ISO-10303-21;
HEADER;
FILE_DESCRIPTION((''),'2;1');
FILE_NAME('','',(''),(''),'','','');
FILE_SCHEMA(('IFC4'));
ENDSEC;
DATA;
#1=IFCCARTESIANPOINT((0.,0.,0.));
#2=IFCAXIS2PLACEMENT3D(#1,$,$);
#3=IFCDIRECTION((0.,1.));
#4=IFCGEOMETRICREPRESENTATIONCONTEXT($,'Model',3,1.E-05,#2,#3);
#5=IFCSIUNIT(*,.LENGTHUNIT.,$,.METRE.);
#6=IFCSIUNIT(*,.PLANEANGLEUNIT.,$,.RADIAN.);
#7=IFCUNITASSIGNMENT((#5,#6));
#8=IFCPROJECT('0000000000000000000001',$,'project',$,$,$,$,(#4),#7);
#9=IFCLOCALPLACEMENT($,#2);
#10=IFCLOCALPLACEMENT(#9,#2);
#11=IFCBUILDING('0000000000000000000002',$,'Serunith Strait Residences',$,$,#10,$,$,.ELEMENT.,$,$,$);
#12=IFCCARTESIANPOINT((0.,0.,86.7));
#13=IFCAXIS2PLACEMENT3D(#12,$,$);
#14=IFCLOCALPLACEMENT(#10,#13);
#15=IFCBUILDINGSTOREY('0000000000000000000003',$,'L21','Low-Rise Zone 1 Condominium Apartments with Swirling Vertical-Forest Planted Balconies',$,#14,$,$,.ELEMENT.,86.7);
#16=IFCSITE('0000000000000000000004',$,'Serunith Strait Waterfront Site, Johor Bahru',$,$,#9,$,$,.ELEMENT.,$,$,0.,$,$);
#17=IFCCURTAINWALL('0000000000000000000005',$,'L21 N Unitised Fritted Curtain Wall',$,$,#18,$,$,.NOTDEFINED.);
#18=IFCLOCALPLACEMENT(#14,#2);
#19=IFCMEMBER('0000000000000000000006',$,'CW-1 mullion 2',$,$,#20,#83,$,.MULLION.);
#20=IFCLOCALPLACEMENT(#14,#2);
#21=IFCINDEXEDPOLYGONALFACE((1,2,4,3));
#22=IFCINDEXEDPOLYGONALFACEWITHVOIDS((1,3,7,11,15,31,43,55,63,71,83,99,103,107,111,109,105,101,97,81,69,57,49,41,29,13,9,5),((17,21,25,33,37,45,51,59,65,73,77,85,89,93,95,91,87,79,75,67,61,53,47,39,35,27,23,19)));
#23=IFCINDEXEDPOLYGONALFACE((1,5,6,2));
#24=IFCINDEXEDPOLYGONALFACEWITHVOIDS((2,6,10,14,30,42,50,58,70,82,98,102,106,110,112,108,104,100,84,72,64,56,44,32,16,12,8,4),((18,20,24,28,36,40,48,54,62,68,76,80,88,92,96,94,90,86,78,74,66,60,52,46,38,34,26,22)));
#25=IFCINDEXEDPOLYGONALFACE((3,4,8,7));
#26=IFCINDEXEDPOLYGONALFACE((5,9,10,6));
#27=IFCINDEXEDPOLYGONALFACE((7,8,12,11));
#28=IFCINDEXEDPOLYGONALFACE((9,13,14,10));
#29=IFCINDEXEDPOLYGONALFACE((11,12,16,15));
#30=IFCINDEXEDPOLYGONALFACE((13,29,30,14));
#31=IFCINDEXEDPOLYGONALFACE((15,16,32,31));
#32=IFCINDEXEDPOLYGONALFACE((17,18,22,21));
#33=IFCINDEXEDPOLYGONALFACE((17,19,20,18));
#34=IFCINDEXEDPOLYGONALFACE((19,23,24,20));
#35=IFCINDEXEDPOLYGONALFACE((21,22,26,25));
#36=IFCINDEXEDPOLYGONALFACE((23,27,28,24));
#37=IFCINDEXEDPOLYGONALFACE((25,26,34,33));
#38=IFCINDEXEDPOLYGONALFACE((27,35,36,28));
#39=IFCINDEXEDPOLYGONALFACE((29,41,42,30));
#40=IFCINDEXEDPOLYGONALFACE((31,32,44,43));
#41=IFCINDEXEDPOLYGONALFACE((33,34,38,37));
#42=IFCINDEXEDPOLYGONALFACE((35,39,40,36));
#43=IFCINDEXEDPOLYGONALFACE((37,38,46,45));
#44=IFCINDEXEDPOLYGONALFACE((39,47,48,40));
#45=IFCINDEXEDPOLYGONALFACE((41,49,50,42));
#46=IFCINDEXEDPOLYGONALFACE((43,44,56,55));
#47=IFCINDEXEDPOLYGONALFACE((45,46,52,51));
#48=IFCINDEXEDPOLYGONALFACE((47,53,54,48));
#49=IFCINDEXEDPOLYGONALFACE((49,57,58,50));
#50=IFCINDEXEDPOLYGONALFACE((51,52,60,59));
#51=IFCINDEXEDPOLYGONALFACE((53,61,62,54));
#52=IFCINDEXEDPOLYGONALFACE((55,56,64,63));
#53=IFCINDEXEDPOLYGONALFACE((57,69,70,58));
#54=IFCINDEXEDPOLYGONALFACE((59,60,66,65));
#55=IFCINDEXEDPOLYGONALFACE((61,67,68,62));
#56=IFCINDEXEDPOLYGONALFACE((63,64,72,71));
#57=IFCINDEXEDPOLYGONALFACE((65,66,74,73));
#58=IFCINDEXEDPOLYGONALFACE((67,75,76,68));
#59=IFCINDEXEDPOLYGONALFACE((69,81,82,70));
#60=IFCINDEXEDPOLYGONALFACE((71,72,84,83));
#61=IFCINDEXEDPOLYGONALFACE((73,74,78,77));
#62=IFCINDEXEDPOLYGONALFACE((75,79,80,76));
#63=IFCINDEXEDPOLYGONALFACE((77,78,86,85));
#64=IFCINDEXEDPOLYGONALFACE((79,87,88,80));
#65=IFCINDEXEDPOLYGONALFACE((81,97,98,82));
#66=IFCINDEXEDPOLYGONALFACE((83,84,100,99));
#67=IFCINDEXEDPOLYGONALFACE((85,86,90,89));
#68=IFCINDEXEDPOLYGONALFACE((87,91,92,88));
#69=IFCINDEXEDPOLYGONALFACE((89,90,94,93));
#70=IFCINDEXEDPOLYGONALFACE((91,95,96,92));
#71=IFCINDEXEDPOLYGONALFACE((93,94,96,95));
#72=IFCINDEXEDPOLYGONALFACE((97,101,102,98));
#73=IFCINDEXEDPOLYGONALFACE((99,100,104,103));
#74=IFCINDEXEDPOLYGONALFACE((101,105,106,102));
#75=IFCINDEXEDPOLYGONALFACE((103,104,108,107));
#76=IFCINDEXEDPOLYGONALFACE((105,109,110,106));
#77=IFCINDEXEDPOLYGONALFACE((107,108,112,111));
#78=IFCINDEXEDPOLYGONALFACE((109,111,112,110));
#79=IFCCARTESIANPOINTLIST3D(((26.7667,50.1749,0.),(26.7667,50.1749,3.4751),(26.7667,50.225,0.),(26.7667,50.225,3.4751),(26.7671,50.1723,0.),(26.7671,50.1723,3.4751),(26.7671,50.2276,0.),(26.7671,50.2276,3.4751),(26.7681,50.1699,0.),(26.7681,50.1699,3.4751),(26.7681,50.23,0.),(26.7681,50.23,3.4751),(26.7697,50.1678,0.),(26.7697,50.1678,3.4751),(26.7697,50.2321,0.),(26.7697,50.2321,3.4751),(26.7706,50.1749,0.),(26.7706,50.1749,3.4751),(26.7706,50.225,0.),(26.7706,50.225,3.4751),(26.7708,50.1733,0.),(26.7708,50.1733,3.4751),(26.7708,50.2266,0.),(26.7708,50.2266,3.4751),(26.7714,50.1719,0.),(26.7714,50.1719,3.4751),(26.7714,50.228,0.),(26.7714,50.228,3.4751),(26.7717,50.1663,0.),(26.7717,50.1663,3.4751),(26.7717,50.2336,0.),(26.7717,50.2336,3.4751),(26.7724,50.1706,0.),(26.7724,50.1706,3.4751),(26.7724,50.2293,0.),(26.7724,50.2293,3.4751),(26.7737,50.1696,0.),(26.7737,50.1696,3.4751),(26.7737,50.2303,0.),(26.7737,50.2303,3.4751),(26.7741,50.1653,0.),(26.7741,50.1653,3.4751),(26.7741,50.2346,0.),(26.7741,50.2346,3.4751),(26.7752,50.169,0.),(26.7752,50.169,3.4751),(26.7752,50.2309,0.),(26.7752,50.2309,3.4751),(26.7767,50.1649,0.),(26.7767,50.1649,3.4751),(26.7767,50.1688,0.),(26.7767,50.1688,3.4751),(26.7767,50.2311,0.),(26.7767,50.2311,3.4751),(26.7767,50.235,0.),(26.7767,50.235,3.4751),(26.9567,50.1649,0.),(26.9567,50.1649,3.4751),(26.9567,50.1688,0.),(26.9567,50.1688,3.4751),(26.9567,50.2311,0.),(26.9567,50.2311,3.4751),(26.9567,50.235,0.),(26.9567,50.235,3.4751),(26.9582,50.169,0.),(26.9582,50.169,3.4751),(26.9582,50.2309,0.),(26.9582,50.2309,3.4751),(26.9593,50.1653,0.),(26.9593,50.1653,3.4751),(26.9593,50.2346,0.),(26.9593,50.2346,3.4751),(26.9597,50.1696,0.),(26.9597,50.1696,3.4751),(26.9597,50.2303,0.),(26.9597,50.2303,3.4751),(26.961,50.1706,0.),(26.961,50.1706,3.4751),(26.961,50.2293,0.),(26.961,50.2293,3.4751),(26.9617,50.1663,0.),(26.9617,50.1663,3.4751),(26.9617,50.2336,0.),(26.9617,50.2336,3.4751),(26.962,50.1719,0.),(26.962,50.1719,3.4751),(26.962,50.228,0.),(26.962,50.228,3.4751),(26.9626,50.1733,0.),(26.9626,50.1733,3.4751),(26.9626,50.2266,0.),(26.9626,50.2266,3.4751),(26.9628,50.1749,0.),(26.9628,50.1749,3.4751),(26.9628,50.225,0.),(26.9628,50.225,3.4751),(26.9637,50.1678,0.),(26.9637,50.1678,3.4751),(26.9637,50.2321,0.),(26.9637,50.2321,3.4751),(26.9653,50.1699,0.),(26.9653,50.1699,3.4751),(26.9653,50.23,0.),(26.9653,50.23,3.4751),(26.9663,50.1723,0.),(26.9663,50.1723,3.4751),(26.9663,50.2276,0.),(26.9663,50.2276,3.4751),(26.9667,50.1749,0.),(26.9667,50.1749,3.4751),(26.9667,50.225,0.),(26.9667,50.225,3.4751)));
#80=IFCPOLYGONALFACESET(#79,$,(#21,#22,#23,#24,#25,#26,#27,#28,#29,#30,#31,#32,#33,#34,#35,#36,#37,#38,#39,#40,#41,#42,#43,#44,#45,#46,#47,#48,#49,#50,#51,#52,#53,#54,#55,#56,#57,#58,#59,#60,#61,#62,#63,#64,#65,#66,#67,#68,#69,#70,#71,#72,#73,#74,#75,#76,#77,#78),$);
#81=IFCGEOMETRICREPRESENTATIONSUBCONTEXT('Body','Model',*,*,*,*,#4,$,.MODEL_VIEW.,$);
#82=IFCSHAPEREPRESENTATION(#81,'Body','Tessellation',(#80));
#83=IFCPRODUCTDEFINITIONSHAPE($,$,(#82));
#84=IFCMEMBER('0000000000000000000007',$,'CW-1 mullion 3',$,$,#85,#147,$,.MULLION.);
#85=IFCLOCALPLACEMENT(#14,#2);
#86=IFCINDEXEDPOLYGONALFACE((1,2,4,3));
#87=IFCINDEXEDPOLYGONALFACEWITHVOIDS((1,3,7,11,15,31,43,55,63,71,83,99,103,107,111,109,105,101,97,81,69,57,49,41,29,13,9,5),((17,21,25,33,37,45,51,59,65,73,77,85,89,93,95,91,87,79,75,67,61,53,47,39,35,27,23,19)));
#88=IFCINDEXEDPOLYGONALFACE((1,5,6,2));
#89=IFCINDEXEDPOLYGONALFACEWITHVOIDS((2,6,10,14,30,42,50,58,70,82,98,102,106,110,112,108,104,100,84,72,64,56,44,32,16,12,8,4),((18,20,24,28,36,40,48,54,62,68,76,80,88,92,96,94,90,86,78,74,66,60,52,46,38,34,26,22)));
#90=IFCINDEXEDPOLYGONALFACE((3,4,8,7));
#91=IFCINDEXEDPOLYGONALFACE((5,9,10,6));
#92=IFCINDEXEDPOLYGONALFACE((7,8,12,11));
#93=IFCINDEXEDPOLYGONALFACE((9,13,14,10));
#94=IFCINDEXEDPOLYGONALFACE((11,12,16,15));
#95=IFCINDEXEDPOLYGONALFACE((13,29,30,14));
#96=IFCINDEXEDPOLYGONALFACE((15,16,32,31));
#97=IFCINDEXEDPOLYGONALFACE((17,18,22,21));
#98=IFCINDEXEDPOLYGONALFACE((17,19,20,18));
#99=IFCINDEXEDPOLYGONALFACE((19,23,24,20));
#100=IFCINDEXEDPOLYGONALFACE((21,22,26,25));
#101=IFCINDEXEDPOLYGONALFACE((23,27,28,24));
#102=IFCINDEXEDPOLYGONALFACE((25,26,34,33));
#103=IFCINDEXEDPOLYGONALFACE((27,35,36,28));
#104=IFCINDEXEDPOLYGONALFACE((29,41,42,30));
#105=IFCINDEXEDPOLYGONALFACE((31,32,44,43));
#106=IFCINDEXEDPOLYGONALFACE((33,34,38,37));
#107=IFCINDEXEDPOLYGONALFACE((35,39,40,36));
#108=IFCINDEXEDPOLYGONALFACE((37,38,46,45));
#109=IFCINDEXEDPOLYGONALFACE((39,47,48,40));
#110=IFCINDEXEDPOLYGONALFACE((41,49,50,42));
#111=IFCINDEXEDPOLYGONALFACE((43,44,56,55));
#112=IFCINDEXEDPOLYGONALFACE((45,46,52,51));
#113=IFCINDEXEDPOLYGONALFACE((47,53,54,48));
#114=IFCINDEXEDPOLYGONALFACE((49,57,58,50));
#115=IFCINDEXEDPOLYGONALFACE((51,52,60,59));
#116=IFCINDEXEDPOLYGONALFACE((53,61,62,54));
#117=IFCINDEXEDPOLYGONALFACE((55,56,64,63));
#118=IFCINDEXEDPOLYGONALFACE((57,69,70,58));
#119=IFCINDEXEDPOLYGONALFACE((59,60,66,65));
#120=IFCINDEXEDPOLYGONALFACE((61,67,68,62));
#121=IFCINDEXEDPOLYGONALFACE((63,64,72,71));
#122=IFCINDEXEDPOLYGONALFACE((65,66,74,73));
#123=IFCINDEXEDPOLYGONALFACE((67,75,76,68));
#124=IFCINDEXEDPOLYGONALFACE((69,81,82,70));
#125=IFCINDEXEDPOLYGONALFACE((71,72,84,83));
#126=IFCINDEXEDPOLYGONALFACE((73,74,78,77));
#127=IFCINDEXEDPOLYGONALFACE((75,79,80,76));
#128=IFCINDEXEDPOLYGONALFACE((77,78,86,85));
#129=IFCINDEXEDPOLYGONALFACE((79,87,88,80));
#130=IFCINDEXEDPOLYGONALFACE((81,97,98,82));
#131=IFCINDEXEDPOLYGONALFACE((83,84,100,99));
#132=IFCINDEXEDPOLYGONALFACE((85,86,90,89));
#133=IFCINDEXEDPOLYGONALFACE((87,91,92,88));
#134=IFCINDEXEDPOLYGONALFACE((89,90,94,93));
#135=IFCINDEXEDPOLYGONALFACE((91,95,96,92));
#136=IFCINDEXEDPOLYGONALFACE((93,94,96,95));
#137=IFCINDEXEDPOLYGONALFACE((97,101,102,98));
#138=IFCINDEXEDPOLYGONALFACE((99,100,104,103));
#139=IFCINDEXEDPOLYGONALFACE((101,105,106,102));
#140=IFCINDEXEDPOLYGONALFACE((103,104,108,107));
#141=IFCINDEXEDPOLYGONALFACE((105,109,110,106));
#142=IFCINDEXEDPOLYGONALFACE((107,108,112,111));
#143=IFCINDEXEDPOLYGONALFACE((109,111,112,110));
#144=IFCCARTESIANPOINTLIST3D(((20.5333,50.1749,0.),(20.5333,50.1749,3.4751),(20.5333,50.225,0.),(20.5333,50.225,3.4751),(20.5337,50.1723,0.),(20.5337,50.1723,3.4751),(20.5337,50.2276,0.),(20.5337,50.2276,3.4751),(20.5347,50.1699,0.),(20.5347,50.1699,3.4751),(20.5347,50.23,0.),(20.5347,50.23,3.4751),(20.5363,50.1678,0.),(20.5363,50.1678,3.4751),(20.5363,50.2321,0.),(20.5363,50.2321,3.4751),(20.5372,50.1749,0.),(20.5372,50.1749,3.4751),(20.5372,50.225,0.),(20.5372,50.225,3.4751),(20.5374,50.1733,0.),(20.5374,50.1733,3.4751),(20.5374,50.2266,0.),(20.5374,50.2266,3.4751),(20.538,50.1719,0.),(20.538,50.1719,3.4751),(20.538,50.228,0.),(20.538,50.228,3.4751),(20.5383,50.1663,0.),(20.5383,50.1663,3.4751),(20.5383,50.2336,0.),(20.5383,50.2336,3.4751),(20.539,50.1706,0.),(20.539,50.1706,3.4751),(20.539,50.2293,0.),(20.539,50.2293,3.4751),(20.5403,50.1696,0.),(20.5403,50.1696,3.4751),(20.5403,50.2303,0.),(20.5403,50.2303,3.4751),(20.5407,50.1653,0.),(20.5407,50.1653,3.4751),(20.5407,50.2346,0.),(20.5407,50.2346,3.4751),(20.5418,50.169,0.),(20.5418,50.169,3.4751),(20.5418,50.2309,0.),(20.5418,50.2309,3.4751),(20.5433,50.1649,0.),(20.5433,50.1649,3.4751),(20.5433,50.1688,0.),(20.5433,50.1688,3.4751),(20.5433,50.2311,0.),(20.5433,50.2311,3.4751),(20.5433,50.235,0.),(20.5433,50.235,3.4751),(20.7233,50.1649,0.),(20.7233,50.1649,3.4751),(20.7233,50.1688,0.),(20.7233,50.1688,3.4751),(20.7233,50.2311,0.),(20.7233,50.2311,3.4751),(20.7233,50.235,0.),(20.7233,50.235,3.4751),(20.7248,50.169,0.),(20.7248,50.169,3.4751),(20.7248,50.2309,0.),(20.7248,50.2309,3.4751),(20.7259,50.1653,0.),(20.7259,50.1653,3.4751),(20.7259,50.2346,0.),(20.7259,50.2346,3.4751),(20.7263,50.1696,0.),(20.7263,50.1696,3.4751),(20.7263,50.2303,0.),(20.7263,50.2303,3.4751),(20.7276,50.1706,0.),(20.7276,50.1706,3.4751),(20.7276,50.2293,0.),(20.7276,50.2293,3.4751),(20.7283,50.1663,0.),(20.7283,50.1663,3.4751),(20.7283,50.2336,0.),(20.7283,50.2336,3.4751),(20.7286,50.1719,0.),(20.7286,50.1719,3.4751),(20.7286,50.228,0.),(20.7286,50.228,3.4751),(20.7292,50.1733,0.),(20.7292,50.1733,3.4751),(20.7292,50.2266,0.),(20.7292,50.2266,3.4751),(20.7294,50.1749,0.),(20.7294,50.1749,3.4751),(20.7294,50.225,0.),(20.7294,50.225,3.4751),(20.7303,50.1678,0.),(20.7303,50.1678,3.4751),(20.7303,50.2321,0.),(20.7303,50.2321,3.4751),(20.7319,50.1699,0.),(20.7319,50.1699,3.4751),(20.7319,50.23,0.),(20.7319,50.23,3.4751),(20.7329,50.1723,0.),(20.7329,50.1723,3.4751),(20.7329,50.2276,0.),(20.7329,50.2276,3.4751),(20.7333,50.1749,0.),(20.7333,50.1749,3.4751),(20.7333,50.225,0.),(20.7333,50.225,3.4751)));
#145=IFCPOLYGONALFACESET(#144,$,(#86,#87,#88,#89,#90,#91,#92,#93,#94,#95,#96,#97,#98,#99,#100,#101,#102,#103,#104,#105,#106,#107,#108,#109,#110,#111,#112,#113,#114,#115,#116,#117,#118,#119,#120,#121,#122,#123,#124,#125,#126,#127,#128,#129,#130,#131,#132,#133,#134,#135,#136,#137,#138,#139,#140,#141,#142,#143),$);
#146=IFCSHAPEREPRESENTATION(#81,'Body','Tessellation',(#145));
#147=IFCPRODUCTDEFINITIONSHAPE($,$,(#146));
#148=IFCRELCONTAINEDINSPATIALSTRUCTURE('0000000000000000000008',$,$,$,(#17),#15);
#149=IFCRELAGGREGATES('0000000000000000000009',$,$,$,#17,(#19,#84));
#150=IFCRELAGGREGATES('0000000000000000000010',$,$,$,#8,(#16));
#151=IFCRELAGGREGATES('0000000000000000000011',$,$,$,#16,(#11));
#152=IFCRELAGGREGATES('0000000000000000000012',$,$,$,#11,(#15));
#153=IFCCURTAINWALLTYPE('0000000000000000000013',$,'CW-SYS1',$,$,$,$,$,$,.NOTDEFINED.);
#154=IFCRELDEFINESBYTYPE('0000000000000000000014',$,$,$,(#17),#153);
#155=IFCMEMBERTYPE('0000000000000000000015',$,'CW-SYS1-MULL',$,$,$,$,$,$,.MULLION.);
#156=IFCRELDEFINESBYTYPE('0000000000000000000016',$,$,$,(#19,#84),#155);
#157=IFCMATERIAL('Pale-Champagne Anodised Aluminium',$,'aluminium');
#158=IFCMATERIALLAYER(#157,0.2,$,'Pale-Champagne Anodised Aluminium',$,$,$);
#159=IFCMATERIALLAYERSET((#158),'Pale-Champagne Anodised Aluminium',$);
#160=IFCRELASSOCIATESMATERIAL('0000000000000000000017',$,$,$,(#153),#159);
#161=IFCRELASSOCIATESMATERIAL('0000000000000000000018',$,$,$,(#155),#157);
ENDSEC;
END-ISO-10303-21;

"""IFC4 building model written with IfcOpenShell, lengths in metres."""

from ifc_helpers import new_model, si_unit, direction, frame, origin, origin_2d, place, context, subcontext, project, spatial, hollow_rectangle, extrude, source, transform, mapped, material, layer, layer_set, material_profile, profile_set, type_object, element, aggregate, save


model = new_model("IFC4")

# Units and contexts
model_context = context("Model", 3, precision=1e-05, world=origin(), true_north=direction((0.0, 1.0)))
body_context = subcontext(model_context, "Body", "Model", "MODEL_VIEW")
ifc_project = project(units=[si_unit("LENGTHUNIT", "METRE"), si_unit("PLANEANGLEUNIT", "RADIAN")], contexts=[model_context])

# Site, building, storey
site_placement = place(None, origin())
site = spatial("IfcSite", under=ifc_project, at=site_placement, Name="Serunith Strait Waterfront Site, Johor Bahru", CompositionType="ELEMENT", RefElevation=0.0)
building_placement = place(site_placement, origin())
building = spatial("IfcBuilding", under=site, at=building_placement, Name="Serunith Strait Residences", CompositionType="ELEMENT")
storey_placement = place(building_placement, frame((0.0, 0.0, 86.7)))
storey = spatial("IfcBuildingStorey", under=building, at=storey_placement, Name="L21", Description="Low-Rise Zone 1 Condominium Apartments with Swirling Vertical-Forest Planted Balconies", CompositionType="ELEMENT", Elevation=86.7)

# Curtain wall, members
ifc_material_1 = material(Name="Pale-Champagne Anodised Aluminium", Category="aluminium")
ifc_layer_1 = layer(ifc_material_1, 0.2, Name="Pale-Champagne Anodised Aluminium")
ifc_layer_set_1 = layer_set([ifc_layer_1], Name="Pale-Champagne Anodised Aluminium")
curtain_wall_type = type_object("IfcCurtainWallType", Name="CW-SYS1", PredefinedType="NOTDEFINED", material=ifc_layer_set_1)
curtain_wall_placement = place(storey_placement, origin())
curtain_wall = element("IfcCurtainWall", 1, at=curtain_wall_placement, inside=storey, type_object=curtain_wall_type, Name="L21 N Unitised Fritted Curtain Wall", PredefinedType="NOTDEFINED")
ifc_material_profile_1 = material_profile(ifc_material_1, hollow_rectangle(XDim=0.0701, YDim=0.2, WallThickness=0.0039, InnerFilletRadius=0.0061, OuterFilletRadius=0.01, at=origin_2d()), Name="ALU 200x70x4")
ifc_profile_set_1 = profile_set([ifc_material_profile_1], Name="Pale-Champagne Anodised Aluminium")
member_type_1 = type_object("IfcMemberType", Name="CW-SYS1-MULL", PredefinedType="MULLION", material=ifc_profile_set_1)
shared_shape_1 = source(origin(), body_context, "Body", "SweptSolid", [
    extrude(hollow_rectangle(XDim=0.0701, YDim=0.2, WallThickness=0.0039, InnerFilletRadius=0.0061, OuterFilletRadius=0.01, at=origin_2d()), origin(), (0.0, 0.0, 1.0), 3.4751),
])
member_1_placement = place(storey_placement, frame((26.8667, 50.2, 0.0), z_axis=(0.0, 0.0, 1.0), x_axis=(0.0, -1.0, 0.0)))
member_1 = element("IfcMember", 2, at=member_1_placement, type_object=member_type_1, Name="CW-1 mullion 2", PredefinedType="MULLION", context=body_context, shape_type="MappedRepresentation", body=[
    mapped(shared_shape_1, transform((0.0, 0.0, 0.0), scale=1.0)),
])
member_2_placement = place(storey_placement, frame((20.6333, 50.2, 0.0), z_axis=(0.0, 0.0, 1.0), x_axis=(0.0, -1.0, 0.0)))
member_2 = element("IfcMember", 3, at=member_2_placement, type_object=member_type_1, Name="CW-1 mullion 3", PredefinedType="MULLION", context=body_context, shape_type="MappedRepresentation", body=[
    mapped(shared_shape_1, transform((0.0, 0.0, 0.0), scale=1.0)),
])
aggregate(curtain_wall, [member_1, member_2])

save(model, "model.ifc")
